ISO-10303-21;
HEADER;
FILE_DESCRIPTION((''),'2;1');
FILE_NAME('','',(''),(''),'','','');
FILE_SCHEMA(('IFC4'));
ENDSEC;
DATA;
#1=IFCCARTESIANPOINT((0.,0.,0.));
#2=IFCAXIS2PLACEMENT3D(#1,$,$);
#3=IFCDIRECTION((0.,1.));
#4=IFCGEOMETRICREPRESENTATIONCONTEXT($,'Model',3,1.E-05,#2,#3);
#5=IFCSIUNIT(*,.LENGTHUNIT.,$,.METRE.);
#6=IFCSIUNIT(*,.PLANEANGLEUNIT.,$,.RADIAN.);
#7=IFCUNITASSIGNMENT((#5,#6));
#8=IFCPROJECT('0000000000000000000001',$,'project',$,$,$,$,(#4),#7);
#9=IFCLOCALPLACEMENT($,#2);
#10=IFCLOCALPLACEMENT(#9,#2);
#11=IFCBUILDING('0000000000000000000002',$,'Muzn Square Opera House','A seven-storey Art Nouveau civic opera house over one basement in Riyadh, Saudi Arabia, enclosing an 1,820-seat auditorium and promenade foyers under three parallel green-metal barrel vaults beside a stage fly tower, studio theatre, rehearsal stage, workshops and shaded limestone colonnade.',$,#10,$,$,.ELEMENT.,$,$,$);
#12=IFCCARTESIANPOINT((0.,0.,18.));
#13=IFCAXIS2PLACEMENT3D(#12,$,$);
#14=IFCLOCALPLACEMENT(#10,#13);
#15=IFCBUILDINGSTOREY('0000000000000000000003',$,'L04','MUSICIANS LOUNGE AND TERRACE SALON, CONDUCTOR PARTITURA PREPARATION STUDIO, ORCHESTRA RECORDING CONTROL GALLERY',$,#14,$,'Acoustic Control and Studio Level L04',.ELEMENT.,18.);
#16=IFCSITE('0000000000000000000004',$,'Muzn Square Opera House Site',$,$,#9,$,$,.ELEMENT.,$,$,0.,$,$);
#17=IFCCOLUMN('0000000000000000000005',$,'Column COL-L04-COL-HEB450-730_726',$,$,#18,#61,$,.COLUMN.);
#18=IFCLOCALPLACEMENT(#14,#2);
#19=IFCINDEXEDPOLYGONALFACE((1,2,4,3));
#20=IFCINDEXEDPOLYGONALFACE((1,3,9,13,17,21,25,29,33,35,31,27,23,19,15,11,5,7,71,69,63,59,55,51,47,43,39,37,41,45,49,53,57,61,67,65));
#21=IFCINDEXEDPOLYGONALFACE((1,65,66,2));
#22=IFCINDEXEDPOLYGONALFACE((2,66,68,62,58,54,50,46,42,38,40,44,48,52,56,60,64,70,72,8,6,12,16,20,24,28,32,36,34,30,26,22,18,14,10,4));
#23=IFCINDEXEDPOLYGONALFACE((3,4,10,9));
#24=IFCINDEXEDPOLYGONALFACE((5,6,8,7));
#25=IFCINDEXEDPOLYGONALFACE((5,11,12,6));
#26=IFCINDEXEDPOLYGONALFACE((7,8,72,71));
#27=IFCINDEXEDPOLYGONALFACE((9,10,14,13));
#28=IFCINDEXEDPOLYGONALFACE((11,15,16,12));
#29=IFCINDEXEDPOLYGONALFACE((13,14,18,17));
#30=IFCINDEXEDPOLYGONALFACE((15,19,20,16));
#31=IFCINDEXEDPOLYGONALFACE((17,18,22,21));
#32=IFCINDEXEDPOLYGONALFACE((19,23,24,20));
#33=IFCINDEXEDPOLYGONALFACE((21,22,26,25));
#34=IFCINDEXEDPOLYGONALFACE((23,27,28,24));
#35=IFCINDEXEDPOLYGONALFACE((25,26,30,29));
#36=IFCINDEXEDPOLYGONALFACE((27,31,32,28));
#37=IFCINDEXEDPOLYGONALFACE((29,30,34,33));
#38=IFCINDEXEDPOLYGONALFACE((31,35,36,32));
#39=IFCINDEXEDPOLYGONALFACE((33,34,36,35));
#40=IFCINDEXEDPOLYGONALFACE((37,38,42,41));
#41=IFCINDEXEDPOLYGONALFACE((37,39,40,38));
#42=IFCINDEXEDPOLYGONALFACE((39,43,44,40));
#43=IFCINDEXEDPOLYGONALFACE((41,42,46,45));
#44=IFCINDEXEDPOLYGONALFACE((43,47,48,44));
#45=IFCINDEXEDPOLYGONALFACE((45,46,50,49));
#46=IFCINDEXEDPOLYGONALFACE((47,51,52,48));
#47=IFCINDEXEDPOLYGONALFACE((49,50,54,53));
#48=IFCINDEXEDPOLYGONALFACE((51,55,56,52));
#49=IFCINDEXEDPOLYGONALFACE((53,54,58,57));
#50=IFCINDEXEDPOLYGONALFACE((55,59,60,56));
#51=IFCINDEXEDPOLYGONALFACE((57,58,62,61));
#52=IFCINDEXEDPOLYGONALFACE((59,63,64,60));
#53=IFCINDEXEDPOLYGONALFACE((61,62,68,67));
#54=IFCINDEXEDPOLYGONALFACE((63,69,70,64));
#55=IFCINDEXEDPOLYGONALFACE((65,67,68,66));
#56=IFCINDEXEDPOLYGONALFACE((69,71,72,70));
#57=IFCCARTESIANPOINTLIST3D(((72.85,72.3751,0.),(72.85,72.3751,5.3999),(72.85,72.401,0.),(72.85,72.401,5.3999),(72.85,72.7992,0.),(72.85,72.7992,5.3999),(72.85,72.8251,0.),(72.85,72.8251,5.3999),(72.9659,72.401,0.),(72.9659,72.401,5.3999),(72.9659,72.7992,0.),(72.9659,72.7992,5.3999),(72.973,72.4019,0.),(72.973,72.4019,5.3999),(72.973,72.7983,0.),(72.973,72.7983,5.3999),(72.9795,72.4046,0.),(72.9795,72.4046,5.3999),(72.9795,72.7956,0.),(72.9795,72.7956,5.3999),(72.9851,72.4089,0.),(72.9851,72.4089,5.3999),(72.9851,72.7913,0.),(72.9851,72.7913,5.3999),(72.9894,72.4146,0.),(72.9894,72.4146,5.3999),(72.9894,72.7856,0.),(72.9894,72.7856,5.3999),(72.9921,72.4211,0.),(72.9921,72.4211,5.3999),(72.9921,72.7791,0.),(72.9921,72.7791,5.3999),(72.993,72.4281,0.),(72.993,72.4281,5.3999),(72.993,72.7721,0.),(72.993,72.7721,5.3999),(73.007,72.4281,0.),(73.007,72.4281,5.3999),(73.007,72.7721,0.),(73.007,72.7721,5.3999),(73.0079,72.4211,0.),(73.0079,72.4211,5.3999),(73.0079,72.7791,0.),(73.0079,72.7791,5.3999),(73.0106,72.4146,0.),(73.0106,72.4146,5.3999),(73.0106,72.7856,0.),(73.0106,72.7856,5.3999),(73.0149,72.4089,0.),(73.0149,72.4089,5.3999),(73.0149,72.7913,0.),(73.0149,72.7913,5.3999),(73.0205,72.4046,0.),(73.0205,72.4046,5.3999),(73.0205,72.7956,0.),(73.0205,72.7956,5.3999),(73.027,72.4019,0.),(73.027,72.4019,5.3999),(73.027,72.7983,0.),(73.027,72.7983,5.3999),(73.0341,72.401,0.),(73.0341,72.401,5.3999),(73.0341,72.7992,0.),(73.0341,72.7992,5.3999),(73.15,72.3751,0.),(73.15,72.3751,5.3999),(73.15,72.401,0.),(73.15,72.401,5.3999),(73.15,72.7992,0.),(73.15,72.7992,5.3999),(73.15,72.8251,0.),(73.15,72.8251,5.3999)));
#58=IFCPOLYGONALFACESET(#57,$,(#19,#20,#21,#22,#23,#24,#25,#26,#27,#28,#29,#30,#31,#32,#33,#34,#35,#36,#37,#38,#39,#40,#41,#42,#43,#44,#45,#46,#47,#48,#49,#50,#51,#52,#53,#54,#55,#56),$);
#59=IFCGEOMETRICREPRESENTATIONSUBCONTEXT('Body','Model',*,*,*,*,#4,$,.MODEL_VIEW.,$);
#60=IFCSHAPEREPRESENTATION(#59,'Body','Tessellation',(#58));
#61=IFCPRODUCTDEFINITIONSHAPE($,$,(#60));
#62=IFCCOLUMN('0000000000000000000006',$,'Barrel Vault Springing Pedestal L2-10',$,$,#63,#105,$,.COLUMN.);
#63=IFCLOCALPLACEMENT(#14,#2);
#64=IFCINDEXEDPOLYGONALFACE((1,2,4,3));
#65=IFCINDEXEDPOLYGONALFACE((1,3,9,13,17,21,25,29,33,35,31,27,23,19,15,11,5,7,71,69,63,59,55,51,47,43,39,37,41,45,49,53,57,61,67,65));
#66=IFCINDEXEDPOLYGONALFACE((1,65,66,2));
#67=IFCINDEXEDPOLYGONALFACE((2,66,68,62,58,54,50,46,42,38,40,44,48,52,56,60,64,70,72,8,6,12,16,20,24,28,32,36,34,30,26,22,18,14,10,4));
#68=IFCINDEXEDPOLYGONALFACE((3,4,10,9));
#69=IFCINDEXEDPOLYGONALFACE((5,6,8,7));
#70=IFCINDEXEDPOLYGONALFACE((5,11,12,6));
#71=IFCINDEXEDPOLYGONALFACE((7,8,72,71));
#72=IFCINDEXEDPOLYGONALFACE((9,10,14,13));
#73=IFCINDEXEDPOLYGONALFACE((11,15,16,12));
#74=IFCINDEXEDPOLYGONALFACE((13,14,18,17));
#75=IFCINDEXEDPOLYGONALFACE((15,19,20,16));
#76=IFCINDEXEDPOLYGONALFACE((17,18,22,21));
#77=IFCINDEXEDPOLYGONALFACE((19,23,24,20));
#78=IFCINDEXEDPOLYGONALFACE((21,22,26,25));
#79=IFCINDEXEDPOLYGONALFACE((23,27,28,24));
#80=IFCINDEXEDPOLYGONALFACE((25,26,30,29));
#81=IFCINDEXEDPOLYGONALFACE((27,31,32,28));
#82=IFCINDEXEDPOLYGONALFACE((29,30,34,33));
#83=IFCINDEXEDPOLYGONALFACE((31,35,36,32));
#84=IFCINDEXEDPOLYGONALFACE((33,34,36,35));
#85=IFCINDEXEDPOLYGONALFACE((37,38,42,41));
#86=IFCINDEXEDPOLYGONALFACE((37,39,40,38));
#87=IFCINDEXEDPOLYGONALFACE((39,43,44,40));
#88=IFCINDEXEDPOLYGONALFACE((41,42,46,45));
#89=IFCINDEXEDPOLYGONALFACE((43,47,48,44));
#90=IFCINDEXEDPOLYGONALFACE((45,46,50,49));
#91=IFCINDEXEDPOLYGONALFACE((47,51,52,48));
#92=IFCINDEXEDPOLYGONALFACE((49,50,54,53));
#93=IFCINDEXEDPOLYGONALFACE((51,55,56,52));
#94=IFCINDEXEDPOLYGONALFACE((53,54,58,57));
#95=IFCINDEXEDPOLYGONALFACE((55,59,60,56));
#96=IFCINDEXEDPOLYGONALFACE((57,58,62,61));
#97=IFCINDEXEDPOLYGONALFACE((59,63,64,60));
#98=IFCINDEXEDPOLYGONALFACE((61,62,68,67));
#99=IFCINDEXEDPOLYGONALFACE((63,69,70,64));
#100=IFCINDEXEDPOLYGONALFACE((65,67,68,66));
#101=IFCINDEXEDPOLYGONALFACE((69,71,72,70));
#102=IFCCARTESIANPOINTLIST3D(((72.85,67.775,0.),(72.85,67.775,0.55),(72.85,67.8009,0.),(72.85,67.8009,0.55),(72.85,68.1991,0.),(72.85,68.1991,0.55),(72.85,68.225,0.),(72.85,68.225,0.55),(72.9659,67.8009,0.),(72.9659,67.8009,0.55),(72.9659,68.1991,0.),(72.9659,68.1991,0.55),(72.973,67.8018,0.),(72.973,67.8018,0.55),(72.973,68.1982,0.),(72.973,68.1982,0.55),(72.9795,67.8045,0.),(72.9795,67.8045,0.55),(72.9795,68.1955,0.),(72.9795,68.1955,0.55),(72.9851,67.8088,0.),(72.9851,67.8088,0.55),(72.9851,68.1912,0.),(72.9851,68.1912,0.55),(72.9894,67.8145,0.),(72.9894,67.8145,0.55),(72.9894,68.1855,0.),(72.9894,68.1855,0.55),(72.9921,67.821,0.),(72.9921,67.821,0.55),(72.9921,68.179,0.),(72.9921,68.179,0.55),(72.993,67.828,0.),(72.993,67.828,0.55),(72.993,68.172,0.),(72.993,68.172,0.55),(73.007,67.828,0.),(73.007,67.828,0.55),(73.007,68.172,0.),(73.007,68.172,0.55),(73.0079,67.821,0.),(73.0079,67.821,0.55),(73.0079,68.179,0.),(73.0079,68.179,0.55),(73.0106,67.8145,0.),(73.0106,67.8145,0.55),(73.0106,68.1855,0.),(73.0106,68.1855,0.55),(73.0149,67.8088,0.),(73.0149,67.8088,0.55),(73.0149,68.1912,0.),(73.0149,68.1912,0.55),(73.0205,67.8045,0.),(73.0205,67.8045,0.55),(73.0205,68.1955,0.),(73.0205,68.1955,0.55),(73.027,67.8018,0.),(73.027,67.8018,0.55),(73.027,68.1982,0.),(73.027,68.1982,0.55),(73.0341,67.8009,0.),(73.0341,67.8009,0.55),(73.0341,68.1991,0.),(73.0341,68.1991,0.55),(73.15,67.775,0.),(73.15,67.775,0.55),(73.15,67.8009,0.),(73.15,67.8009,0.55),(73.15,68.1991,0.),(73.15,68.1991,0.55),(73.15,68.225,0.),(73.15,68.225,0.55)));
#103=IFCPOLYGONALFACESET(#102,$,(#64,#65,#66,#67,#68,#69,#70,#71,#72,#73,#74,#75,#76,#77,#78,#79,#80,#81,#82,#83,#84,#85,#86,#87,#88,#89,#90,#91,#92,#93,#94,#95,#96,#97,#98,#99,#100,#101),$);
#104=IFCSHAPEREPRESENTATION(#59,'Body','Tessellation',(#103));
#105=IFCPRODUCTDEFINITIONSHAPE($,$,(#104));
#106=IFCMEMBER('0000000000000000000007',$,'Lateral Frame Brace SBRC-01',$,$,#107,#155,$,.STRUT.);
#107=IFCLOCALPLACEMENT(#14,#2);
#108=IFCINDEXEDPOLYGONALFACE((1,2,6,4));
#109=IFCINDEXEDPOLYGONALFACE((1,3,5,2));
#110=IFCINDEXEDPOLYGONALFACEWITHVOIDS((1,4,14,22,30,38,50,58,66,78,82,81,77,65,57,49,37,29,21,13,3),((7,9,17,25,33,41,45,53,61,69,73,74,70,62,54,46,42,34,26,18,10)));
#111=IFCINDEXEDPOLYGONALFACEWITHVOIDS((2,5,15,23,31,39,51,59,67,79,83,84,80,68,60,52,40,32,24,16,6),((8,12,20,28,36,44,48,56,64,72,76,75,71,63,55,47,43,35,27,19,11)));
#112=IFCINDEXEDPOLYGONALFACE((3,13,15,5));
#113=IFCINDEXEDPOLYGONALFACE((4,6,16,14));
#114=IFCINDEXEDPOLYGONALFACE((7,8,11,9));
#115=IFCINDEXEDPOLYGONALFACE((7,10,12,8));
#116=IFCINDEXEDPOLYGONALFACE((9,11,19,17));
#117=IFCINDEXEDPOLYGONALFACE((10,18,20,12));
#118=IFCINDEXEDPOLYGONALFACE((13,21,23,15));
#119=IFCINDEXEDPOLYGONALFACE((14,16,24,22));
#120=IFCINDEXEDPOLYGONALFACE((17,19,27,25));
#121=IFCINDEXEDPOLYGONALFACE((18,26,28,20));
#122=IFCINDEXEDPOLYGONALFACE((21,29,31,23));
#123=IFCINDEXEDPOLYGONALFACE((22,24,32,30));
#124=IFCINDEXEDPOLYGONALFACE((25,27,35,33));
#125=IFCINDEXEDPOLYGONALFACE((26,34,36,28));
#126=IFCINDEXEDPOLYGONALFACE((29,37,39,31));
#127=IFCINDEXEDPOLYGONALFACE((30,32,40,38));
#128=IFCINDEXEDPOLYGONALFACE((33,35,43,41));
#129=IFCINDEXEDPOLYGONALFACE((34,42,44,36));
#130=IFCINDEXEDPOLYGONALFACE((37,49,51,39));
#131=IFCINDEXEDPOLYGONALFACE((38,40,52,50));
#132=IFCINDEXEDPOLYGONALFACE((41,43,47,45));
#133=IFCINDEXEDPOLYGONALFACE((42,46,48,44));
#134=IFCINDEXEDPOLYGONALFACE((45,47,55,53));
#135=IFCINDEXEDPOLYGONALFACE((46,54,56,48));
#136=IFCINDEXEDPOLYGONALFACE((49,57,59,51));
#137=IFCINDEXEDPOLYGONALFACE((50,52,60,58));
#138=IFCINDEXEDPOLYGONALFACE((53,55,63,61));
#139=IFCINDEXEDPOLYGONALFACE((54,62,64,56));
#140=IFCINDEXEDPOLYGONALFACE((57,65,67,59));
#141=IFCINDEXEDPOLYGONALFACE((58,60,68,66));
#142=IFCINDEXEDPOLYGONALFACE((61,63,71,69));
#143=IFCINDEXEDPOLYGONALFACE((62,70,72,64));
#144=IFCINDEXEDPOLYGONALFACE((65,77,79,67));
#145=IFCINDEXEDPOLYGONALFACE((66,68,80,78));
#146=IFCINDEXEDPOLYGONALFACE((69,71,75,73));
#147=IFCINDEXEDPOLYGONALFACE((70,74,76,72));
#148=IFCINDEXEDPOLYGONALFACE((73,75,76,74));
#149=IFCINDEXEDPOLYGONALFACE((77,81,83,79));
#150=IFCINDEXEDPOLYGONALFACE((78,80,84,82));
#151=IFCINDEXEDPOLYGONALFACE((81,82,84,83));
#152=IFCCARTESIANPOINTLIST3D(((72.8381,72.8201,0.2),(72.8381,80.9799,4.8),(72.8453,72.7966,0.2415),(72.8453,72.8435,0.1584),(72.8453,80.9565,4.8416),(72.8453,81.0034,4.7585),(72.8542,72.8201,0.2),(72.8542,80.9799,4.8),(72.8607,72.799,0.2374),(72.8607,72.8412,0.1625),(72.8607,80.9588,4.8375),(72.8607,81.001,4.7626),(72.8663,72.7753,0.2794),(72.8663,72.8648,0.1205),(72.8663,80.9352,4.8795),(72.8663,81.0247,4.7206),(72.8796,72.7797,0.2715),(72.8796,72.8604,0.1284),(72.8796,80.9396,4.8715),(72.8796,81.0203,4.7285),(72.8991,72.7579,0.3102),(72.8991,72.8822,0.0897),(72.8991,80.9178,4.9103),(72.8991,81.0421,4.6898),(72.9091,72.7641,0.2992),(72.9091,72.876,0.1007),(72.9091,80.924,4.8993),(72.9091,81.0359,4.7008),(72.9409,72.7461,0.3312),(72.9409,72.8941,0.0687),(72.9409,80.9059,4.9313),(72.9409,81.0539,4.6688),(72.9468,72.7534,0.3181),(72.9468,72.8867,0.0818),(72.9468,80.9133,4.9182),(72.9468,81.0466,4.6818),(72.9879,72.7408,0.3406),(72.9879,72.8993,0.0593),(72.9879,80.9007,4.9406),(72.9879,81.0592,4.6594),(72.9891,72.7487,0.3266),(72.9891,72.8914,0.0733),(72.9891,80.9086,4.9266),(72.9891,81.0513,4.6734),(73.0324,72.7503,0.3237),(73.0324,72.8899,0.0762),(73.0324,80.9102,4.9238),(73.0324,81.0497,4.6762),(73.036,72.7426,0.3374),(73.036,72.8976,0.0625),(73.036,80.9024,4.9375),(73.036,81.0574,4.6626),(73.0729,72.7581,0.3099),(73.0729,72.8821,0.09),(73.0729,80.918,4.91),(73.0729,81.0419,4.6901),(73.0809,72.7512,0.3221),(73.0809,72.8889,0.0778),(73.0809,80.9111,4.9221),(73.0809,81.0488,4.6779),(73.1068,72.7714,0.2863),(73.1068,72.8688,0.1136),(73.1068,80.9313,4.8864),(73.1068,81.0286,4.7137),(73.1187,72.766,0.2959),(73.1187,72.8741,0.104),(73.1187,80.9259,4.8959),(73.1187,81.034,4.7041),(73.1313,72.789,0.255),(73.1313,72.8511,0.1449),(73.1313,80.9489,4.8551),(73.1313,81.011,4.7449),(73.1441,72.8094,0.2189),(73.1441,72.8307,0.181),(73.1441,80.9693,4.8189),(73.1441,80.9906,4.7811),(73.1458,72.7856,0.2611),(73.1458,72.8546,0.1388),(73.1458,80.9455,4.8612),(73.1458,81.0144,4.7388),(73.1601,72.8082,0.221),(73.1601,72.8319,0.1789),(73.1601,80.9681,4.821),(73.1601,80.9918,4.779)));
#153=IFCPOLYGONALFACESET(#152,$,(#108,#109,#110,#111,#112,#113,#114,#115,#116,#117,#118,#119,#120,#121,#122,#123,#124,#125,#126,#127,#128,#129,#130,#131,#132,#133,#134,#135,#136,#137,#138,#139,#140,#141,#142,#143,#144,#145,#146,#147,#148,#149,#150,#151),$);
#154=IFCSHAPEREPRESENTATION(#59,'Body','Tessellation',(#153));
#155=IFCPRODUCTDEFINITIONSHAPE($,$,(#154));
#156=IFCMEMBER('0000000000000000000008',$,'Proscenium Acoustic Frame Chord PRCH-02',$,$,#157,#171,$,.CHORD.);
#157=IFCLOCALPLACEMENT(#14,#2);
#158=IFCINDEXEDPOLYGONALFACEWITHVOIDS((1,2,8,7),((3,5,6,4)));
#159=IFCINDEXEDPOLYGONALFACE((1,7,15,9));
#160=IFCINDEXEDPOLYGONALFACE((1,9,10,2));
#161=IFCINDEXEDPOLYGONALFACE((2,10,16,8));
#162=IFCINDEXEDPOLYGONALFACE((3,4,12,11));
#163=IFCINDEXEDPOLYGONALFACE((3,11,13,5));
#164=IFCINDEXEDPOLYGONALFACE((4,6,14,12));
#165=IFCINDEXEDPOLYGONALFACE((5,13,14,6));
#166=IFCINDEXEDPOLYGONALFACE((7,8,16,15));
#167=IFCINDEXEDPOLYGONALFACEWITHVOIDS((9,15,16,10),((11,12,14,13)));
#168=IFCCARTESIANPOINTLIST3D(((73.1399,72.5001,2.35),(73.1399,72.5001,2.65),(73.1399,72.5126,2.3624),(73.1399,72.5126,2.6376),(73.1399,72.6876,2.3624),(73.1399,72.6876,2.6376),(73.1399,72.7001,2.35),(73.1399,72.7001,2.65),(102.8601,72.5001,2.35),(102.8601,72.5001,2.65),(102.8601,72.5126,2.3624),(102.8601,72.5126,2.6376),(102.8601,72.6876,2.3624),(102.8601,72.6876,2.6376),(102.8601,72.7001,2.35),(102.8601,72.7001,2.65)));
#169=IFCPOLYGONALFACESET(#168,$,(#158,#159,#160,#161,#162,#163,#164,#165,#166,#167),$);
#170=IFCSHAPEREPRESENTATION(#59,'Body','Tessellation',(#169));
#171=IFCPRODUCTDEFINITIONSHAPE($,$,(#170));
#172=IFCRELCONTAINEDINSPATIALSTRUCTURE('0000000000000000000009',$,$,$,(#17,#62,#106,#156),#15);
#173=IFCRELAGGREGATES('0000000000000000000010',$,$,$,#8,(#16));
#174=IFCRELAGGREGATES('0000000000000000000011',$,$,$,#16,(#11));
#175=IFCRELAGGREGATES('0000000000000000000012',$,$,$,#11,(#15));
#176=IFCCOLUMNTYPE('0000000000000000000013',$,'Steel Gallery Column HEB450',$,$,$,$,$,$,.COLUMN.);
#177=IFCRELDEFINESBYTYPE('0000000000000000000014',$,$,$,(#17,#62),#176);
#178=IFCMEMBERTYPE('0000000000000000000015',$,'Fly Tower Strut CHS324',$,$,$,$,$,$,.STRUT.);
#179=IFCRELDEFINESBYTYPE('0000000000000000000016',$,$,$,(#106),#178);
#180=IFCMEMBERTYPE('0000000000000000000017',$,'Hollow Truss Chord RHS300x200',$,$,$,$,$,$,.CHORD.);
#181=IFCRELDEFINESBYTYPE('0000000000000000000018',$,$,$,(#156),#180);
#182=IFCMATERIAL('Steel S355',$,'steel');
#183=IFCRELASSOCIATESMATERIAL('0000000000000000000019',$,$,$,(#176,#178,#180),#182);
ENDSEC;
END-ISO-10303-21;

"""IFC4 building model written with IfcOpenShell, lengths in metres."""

from ifc_helpers import new_model, si_unit, direction, frame, origin, origin_2d, place, context, subcontext, project, spatial, hollow_rectangle, hollow_circle, i_section, extrude, material, material_profile, profile_set, type_object, element, save


model = new_model("IFC4")

# Units and contexts
model_context = context("Model", 3, precision=1e-05, world=origin(), true_north=direction((0.0, 1.0)))
body_context = subcontext(model_context, "Body", "Model", "MODEL_VIEW")
ifc_project = project(units=[si_unit("LENGTHUNIT", "METRE"), si_unit("PLANEANGLEUNIT", "RADIAN")], contexts=[model_context])

# Site, building, storey
site_placement = place(None, origin())
site = spatial("IfcSite", under=ifc_project, at=site_placement, Name="Muzn Square Opera House Site", CompositionType="ELEMENT", RefElevation=0.0)
building_placement = place(site_placement, origin())
building = spatial("IfcBuilding", under=site, at=building_placement, Name="Muzn Square Opera House", Description="A seven-storey Art Nouveau civic opera house over one basement in Riyadh, Saudi Arabia, enclosing an 1,820-seat auditorium and promenade foyers under three parallel green-metal barrel vaults beside a stage fly tower, studio theatre, rehearsal stage, workshops and shaded limestone colonnade.", CompositionType="ELEMENT")
storey_placement = place(building_placement, frame((0.0, 0.0, 18.0)))
storey = spatial("IfcBuildingStorey", under=building, at=storey_placement, Name="L04", Description="MUSICIANS LOUNGE AND TERRACE SALON, CONDUCTOR PARTITURA PREPARATION STUDIO, ORCHESTRA RECORDING CONTROL GALLERY", LongName="Acoustic Control and Studio Level L04", CompositionType="ELEMENT", Elevation=18.0)

# Columns
ifc_material_1 = material(Name="Steel S355", Category="steel")
ifc_material_profile_1 = material_profile(ifc_material_1, i_section(OverallWidth=0.3, OverallDepth=0.45, WebThickness=0.0139, FlangeThickness=0.0259, FilletRadius=0.0271, at=origin_2d()), Name="HEB 450", Category="steel")
ifc_profile_set_1 = profile_set([ifc_material_profile_1], Name="Steel S355")
column_type = type_object("IfcColumnType", Name="Steel Gallery Column HEB450", PredefinedType="COLUMN", material=ifc_profile_set_1)
column_1_placement = place(storey_placement, frame((73.0, 72.6001, 0.0), z_axis=(0.0, 0.0, 1.0), x_axis=(1.0, 0.0, 0.0)))
element("IfcColumn", 1, at=column_1_placement, inside=storey, type_object=column_type, Name="Column COL-L04-COL-HEB450-730_726", PredefinedType="COLUMN", context=body_context, shape_type="SweptSolid", body=[
    extrude(i_section(OverallWidth=0.3, OverallDepth=0.45, WebThickness=0.0139, FlangeThickness=0.0259, FilletRadius=0.0271, at=origin_2d()), origin(), (0.0, 0.0, 1.0), 5.3999),
])
column_2_placement = place(storey_placement, frame((73.0, 68.0, 0.0), z_axis=(0.0, 0.0, 1.0), x_axis=(1.0, 0.0, 0.0)))
element("IfcColumn", 2, at=column_2_placement, inside=storey, type_object=column_type, Name="Barrel Vault Springing Pedestal L2-10", PredefinedType="COLUMN", context=body_context, shape_type="SweptSolid", body=[
    extrude(i_section(OverallWidth=0.3, OverallDepth=0.45, WebThickness=0.0139, FlangeThickness=0.0259, FilletRadius=0.0271, at=origin_2d()), origin(), (0.0, 0.0, 1.0), 0.55),
])

# Members
ifc_material_profile_2 = material_profile(ifc_material_1, hollow_circle(Radius=0.1619, WallThickness=0.0161, at=origin_2d()), Name="CHS 323.9x16", Category="steel")
ifc_profile_set_2 = profile_set([ifc_material_profile_2], Name="Steel S355")
member_type_1 = type_object("IfcMemberType", Name="Fly Tower Strut CHS324", PredefinedType="STRUT", material=ifc_profile_set_2)
member_1_placement = place(storey_placement, frame((73.0, 72.8201, 0.2), z_axis=(0.0, 0.871112, 0.491084), x_axis=(-1.0, 0.0, 0.0)))
element("IfcMember", 3, at=member_1_placement, inside=storey, type_object=member_type_1, Name="Lateral Frame Brace SBRC-01", PredefinedType="STRUT", context=body_context, shape_type="SweptSolid", body=[
    extrude(hollow_circle(Radius=0.1619, WallThickness=0.0161, at=origin_2d()), origin(), (0.0, 0.0, 1.0), 9.3672),
])
ifc_material_profile_3 = material_profile(ifc_material_1, hollow_rectangle(XDim=0.2, YDim=0.3, WallThickness=0.0125, at=origin_2d()), Name="RHS 300x200x12.5", Category="steel")
ifc_profile_set_3 = profile_set([ifc_material_profile_3], Name="Steel S355")
member_type_2 = type_object("IfcMemberType", Name="Hollow Truss Chord RHS300x200", PredefinedType="CHORD", material=ifc_profile_set_3)
member_2_placement = place(storey_placement, frame((73.1399, 72.6001, 2.5), z_axis=(1.0, 0.0, 0.0), x_axis=(0.0, 1.0, 0.0)))
element("IfcMember", 4, at=member_2_placement, inside=storey, type_object=member_type_2, Name="Proscenium Acoustic Frame Chord PRCH-02", PredefinedType="CHORD", context=body_context, shape_type="SweptSolid", body=[
    extrude(hollow_rectangle(XDim=0.2, YDim=0.3, WallThickness=0.0125, at=origin_2d()), origin(), (0.0, 0.0, 1.0), 29.7202),
])

save(model, "model.ifc")
